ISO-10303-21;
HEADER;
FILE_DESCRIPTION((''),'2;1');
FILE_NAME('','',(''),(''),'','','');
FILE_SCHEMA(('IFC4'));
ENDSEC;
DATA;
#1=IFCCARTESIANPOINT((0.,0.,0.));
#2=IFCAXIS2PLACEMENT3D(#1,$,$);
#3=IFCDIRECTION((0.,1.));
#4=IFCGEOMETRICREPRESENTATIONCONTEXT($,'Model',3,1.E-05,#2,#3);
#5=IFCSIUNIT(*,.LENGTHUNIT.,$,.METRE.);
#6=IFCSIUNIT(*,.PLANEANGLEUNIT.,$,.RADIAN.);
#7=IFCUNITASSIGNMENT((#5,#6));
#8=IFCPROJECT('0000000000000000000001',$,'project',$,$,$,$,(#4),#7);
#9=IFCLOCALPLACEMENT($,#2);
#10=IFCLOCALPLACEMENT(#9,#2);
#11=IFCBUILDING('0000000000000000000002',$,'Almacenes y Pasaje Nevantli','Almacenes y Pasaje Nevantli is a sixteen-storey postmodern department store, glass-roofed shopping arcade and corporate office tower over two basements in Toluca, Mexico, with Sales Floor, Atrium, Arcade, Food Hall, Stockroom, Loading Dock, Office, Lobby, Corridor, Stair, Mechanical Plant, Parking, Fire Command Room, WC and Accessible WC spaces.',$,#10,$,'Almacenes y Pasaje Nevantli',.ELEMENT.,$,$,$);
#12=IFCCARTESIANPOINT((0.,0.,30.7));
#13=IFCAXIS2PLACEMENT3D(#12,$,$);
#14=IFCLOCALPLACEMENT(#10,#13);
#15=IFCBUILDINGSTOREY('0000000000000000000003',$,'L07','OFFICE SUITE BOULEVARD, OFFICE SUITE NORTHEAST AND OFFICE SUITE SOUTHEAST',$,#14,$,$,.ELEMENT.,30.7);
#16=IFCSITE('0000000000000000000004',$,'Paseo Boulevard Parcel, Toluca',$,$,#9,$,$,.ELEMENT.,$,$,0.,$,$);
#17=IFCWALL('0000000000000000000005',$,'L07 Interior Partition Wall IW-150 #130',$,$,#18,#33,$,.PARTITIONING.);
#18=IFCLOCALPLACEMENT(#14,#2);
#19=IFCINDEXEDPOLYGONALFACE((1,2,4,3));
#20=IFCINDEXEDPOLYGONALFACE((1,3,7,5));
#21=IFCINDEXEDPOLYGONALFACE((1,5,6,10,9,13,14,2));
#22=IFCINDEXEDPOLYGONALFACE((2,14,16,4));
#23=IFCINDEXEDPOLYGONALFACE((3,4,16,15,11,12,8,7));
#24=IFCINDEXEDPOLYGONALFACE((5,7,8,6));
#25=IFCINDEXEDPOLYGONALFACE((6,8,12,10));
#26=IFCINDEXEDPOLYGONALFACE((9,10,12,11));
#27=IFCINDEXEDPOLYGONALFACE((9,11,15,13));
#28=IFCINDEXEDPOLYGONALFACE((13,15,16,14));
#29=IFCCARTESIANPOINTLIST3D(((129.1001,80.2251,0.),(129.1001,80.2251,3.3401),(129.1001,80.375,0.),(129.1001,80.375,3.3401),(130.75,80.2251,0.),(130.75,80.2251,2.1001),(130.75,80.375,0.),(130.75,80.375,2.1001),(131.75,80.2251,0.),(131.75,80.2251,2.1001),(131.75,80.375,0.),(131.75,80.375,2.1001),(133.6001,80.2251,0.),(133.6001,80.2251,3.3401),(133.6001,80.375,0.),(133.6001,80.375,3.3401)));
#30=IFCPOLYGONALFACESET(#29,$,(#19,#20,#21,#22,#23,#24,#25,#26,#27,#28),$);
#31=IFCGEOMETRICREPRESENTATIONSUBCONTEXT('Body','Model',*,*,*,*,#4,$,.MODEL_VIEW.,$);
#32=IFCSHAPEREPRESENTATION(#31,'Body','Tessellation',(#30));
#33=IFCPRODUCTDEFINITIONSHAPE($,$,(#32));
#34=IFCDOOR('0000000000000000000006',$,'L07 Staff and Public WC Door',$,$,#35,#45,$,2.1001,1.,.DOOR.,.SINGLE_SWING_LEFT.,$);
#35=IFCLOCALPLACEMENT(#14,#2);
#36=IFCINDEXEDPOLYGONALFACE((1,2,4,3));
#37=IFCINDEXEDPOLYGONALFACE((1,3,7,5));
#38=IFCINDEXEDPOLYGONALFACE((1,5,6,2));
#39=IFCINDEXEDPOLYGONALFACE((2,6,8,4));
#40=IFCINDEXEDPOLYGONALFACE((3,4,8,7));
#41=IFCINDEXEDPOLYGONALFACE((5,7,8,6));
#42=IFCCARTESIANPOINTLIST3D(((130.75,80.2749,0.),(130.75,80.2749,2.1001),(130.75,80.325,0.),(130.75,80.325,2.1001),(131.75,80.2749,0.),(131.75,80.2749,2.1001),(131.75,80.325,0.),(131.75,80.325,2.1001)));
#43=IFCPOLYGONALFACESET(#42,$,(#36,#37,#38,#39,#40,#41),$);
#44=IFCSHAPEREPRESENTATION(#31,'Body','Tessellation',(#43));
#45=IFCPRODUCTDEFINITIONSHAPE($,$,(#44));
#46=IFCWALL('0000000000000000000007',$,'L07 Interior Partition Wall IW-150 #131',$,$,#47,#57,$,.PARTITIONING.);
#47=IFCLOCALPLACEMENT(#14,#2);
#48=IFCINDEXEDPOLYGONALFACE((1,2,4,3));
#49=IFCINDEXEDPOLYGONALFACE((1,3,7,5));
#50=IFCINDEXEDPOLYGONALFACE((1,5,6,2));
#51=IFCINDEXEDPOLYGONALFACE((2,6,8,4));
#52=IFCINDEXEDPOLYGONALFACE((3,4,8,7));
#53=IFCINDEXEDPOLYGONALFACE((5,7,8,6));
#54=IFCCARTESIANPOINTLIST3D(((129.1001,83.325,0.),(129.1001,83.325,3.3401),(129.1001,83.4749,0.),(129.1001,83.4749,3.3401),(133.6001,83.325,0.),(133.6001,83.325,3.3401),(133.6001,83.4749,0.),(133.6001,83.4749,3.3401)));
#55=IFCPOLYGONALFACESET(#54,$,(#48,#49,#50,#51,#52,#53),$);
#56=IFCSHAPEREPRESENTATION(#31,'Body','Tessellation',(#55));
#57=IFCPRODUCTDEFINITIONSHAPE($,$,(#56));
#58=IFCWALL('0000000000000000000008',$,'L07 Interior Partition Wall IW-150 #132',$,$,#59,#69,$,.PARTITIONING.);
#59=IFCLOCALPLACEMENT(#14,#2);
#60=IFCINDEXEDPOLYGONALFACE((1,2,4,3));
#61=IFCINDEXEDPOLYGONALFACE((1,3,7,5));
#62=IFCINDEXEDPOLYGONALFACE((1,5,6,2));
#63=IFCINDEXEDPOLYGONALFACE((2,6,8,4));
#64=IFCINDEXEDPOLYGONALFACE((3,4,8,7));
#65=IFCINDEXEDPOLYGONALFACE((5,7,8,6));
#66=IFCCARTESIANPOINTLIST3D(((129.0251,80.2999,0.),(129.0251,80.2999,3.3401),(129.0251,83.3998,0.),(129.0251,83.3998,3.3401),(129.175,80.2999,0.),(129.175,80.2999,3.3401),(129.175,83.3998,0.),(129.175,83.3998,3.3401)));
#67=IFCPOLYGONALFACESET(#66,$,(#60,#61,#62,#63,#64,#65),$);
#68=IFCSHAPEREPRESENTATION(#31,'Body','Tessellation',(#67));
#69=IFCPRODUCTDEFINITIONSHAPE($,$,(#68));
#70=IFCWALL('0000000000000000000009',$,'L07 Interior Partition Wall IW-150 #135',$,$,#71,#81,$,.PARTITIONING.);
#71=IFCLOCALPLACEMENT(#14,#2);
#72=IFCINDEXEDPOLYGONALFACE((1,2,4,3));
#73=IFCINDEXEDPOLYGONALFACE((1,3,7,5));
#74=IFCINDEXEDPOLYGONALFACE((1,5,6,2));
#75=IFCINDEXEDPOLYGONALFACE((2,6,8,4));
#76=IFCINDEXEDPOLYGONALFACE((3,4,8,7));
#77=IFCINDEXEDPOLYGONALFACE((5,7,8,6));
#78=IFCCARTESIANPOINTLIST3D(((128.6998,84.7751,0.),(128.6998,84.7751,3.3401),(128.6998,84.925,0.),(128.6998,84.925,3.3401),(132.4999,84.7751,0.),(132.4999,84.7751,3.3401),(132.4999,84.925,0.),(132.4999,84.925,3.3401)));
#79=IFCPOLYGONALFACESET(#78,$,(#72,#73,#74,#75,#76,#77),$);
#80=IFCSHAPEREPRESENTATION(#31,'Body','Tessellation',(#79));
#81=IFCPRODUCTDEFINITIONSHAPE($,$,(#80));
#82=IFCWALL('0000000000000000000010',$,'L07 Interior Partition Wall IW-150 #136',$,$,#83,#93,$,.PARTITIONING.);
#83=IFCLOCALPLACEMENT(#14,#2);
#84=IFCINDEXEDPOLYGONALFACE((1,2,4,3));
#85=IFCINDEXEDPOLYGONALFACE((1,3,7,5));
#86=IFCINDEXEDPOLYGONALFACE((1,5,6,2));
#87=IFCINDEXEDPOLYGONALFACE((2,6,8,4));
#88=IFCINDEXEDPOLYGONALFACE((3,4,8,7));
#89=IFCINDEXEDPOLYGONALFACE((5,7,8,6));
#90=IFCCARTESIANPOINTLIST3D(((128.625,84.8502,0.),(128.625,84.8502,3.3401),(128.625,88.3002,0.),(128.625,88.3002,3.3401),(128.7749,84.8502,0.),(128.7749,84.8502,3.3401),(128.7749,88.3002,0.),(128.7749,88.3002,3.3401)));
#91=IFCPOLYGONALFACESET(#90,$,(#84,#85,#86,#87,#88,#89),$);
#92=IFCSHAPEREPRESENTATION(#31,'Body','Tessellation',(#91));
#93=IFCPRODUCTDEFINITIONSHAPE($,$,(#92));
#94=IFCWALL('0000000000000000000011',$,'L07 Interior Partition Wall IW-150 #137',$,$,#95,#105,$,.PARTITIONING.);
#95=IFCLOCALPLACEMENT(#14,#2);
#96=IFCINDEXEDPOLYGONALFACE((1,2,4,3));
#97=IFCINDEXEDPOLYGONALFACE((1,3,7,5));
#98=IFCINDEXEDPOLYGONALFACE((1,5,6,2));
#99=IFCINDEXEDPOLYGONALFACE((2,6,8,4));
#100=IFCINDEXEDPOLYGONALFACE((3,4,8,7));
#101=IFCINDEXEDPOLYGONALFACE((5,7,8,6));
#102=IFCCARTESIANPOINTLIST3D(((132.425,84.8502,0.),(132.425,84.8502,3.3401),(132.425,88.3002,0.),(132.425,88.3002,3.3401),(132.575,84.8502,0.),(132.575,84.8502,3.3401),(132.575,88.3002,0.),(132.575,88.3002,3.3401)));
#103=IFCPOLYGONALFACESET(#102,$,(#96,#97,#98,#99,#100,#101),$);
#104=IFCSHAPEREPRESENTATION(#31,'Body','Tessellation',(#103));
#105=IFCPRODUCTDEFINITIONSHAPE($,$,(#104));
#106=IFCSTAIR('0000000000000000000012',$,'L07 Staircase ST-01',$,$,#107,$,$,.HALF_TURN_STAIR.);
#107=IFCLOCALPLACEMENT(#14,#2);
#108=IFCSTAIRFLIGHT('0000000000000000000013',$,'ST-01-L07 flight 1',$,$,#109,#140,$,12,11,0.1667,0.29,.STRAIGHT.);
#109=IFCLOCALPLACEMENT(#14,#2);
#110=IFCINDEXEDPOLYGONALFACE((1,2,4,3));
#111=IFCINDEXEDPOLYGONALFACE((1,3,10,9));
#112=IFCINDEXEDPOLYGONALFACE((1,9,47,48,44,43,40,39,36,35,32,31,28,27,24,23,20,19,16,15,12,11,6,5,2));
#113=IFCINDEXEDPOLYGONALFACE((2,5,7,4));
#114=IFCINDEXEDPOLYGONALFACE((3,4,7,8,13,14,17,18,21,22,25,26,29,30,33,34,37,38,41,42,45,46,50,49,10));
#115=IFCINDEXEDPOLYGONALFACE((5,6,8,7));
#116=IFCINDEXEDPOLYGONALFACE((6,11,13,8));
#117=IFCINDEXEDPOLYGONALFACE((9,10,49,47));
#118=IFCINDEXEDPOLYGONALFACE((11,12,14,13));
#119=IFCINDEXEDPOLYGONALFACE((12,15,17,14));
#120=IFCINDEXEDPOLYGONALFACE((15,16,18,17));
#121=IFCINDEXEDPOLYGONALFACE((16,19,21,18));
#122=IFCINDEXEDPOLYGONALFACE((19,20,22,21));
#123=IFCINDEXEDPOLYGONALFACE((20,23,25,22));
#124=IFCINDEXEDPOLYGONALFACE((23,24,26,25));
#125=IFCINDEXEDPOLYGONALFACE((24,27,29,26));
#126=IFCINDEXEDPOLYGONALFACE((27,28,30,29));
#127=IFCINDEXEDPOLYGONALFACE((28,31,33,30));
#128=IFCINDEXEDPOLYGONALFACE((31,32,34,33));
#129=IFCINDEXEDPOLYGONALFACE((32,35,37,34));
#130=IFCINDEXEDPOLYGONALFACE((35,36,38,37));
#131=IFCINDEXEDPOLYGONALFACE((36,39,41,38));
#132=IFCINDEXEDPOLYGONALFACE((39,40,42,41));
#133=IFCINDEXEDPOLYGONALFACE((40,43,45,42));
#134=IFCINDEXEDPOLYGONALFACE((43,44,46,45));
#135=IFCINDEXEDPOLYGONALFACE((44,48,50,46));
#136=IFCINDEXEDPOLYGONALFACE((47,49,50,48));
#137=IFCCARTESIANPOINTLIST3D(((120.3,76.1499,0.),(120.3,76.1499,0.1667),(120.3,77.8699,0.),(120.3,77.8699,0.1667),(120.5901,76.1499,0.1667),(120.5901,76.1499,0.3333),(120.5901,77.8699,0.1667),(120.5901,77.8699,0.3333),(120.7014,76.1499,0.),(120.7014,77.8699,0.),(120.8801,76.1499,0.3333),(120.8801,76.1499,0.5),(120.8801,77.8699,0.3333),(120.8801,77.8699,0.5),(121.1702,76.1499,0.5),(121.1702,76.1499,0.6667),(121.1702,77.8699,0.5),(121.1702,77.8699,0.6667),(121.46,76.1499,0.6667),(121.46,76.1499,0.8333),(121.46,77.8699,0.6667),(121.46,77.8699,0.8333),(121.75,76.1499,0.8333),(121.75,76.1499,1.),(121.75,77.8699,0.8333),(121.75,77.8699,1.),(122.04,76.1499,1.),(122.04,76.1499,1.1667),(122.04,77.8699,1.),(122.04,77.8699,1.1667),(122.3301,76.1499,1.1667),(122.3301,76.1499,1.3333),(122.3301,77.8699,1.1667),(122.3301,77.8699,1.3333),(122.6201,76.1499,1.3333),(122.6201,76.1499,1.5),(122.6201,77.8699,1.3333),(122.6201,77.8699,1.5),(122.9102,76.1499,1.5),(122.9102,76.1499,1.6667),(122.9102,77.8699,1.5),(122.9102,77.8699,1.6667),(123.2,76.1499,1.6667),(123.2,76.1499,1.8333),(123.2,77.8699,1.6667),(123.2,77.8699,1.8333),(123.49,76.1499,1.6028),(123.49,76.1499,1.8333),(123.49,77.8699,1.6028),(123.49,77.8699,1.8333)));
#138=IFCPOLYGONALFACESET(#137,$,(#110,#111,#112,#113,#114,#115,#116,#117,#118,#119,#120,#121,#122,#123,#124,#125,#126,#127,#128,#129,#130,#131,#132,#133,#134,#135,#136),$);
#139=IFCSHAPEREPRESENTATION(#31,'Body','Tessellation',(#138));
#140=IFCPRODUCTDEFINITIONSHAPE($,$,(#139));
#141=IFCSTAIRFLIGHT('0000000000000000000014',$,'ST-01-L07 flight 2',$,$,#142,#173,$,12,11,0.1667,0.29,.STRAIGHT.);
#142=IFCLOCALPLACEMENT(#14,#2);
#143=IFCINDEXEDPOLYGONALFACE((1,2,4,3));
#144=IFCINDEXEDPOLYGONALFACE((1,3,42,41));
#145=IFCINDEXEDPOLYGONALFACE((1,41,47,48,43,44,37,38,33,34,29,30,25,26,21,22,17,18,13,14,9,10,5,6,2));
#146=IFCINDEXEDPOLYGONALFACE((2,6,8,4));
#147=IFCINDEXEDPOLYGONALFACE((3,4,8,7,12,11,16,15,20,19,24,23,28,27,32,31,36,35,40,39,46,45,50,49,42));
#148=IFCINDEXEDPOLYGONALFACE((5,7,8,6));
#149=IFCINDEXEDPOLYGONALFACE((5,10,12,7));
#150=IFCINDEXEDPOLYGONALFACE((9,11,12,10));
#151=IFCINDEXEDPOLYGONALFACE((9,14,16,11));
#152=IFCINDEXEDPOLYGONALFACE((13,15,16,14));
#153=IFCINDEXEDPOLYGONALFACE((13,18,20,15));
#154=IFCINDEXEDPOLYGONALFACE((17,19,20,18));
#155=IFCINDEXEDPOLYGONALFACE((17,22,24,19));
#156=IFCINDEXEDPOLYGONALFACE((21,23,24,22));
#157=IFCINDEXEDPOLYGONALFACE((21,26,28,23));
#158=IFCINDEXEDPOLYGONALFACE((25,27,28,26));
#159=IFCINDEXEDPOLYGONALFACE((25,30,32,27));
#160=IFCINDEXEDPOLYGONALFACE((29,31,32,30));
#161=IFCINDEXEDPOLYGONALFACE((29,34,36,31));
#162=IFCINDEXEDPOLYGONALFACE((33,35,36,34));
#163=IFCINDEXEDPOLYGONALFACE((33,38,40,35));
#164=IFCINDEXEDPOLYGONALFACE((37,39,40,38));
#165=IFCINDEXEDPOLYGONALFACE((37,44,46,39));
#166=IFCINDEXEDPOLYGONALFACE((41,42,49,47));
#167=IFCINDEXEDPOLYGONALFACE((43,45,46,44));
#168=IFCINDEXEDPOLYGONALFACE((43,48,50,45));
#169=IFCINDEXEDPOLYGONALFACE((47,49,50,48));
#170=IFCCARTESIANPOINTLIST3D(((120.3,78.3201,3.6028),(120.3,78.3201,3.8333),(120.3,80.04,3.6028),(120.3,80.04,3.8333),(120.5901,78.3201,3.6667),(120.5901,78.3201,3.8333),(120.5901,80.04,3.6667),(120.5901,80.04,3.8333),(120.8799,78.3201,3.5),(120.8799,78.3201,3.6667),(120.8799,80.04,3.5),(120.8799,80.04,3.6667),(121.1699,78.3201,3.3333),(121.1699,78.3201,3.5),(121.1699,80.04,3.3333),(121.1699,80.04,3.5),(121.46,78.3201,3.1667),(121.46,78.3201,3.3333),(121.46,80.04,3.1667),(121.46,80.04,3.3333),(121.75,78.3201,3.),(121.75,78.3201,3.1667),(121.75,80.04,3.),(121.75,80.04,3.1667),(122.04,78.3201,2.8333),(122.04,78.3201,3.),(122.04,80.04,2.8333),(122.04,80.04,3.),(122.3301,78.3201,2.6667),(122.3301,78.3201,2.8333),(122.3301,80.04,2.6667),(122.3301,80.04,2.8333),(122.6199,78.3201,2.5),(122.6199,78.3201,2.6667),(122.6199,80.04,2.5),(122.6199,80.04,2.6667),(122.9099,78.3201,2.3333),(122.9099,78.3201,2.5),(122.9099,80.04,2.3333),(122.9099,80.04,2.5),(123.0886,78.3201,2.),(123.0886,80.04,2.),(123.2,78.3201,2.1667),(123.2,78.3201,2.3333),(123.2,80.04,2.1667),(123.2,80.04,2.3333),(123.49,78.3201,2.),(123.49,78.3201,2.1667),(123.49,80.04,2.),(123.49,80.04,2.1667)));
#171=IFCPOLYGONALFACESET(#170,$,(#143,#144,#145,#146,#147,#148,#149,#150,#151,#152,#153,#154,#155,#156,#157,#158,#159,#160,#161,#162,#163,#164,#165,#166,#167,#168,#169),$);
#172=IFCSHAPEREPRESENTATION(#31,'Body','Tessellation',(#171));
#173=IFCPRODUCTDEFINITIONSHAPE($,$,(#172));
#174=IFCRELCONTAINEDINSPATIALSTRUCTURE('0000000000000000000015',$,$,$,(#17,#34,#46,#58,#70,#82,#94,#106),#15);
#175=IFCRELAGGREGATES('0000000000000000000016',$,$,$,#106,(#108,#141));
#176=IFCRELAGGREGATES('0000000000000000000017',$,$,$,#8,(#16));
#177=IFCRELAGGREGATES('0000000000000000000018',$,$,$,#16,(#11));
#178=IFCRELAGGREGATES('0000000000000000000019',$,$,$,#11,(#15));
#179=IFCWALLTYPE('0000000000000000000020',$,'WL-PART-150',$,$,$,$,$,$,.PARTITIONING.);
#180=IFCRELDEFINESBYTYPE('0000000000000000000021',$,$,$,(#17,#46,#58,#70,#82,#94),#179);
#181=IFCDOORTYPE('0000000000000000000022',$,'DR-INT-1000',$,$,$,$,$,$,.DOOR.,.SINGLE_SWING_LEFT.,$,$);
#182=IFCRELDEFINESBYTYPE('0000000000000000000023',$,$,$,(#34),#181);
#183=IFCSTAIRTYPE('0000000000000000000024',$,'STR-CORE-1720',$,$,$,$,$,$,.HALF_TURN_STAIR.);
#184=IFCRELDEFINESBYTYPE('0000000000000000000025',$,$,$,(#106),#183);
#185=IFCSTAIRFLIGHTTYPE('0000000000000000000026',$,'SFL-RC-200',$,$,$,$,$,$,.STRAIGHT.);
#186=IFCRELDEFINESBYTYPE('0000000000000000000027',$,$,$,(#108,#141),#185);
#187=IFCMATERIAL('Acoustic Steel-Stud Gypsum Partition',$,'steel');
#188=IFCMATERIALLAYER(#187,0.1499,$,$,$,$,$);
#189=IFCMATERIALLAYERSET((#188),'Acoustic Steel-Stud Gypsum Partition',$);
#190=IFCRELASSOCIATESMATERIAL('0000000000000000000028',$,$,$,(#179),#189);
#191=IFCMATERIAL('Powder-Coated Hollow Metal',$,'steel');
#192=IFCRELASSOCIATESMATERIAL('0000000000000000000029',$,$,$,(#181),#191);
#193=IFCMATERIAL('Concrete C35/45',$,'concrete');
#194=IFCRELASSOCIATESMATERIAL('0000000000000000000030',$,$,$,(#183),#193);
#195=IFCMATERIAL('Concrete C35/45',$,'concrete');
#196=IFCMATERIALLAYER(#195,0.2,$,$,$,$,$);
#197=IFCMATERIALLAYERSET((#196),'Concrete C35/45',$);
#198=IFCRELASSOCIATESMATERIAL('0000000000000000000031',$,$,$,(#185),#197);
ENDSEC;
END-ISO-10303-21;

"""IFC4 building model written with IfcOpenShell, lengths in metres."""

from ifc_helpers import new_model, si_unit, direction, frame, frame_2d, origin, place, context, subcontext, project, spatial, polyline, rectangle, outline, extrude, material, layer, layer_set, type_object, element, fill, aggregate, save


model = new_model("IFC4")

# Units and contexts
model_context = context("Model", 3, precision=1e-05, world=origin(), true_north=direction((0.0, 1.0)))
body_context = subcontext(model_context, "Body", "Model", "MODEL_VIEW")
ifc_project = project(units=[si_unit("LENGTHUNIT", "METRE"), si_unit("PLANEANGLEUNIT", "RADIAN")], contexts=[model_context])

# Site, building, storey
site_placement = place(None, origin())
site = spatial("IfcSite", under=ifc_project, at=site_placement, Name="Paseo Boulevard Parcel, Toluca", CompositionType="ELEMENT", RefElevation=0.0)
building_placement = place(site_placement, origin())
building = spatial("IfcBuilding", under=site, at=building_placement, Name="Almacenes y Pasaje Nevantli", Description="Almacenes y Pasaje Nevantli is a sixteen-storey postmodern department store, glass-roofed shopping arcade and corporate office tower over two basements in Toluca, Mexico, with Sales Floor, Atrium, Arcade, Food Hall, Stockroom, Loading Dock, Office, Lobby, Corridor, Stair, Mechanical Plant, Parking, Fire Command Room, WC and Accessible WC spaces.", LongName="Almacenes y Pasaje Nevantli", CompositionType="ELEMENT")
storey_placement = place(building_placement, frame((0.0, 0.0, 30.7)))
storey = spatial("IfcBuildingStorey", under=building, at=storey_placement, Name="L07", Description="OFFICE SUITE BOULEVARD, OFFICE SUITE NORTHEAST AND OFFICE SUITE SOUTHEAST", CompositionType="ELEMENT", Elevation=30.7)

# Wall, opening, door
ifc_material_1 = material(Name="Acoustic Steel-Stud Gypsum Partition", Category="steel")
ifc_layer_1 = layer(ifc_material_1, 0.1499)
ifc_layer_set_1 = layer_set([ifc_layer_1], Name="Acoustic Steel-Stud Gypsum Partition")
wall_type_1 = type_object("IfcWallType", Name="WL-PART-150", PredefinedType="PARTITIONING", material=ifc_layer_set_1)
wall_1_placement = place(storey_placement, frame((129.1001, 80.3, 0.0), z_axis=(0.0, 0.0, 1.0), x_axis=(1.0, 0.0, 0.0)))
wall_1 = element("IfcWall", 1, at=wall_1_placement, inside=storey, type_object=wall_type_1, Name="L07 Interior Partition Wall IW-150 #130", PredefinedType="PARTITIONING", context=body_context, shape_type="SweptSolid", body=[
    extrude(rectangle(XDim=4.5, YDim=0.1499, at=frame_2d((2.25, 0.0))), origin(), (0.0, 0.0, 1.0), 3.3401),
])
opening_1_placement = place(wall_1_placement, frame((1.6499, 0.0, 0.0)))
opening_1 = element("IfcOpeningElement", 2, at=opening_1_placement, cuts=wall_1, PredefinedType="OPENING", context=body_context, shape_type="SweptSolid", body=[
    extrude(rectangle(XDim=1.0, YDim=2.1001, at=frame_2d((0.5, 1.05))), frame((0.0, 0.085, 0.0), z_axis=(0.0, -1.0, 0.0), x_axis=(1.0, 0.0, 0.0)), (0.0, 0.0, 1.0), 0.1699),
])
ifc_material_2 = material(Name="Powder-Coated Hollow Metal", Category="steel")
door_type_1 = type_object("IfcDoorType", Name="DR-INT-1000", OperationType="SINGLE_SWING_LEFT", PredefinedType="DOOR", material=ifc_material_2)
door_1_placement = place(opening_1_placement, origin())
door_1 = element("IfcDoor", 3, at=door_1_placement, inside=storey, type_object=door_type_1, Name="L07 Staff and Public WC Door", OperationType="SINGLE_SWING_LEFT", OverallHeight=2.1001, OverallWidth=1.0, PredefinedType="DOOR", context=body_context, shape_type="SweptSolid", body=[
    extrude(rectangle(XDim=1.0, YDim=2.1001, at=frame_2d((0.5, 1.05))), frame((0.0, 0.0249, 0.0), z_axis=(0.0, -1.0, 0.0), x_axis=(1.0, 0.0, 0.0)), (0.0, 0.0, 1.0), 0.05),
])
fill(opening_1, door_1)

# Walls
wall_2_placement = place(storey_placement, frame((129.1001, 83.3999, 0.0), z_axis=(0.0, 0.0, 1.0), x_axis=(1.0, 0.0, 0.0)))
element("IfcWall", 4, at=wall_2_placement, inside=storey, type_object=wall_type_1, Name="L07 Interior Partition Wall IW-150 #131", PredefinedType="PARTITIONING", context=body_context, shape_type="SweptSolid", body=[
    extrude(rectangle(XDim=4.5, YDim=0.1499, at=frame_2d((2.25, 0.0))), origin(), (0.0, 0.0, 1.0), 3.3401),
])
wall_3_placement = place(storey_placement, frame((129.1001, 80.3, 0.0), z_axis=(0.0, 0.0, 1.0), x_axis=(0.0, 1.0, 0.0)))
element("IfcWall", 5, at=wall_3_placement, inside=storey, type_object=wall_type_1, Name="L07 Interior Partition Wall IW-150 #132", PredefinedType="PARTITIONING", context=body_context, shape_type="SweptSolid", body=[
    extrude(rectangle(XDim=3.0999, YDim=0.1499, at=frame_2d((1.5498, 0.0))), origin(), (0.0, 0.0, 1.0), 3.3401),
])

# Walls
wall_4_placement = place(storey_placement, frame((128.7, 84.8501, 0.0), z_axis=(0.0, 0.0, 1.0), x_axis=(1.0, 0.0, 0.0)))
element("IfcWall", 6, at=wall_4_placement, inside=storey, type_object=wall_type_1, Name="L07 Interior Partition Wall IW-150 #135", PredefinedType="PARTITIONING", context=body_context, shape_type="SweptSolid", body=[
    extrude(rectangle(XDim=3.8, YDim=0.1499, at=frame_2d((1.8999, 0.0))), origin(), (0.0, 0.0, 1.0), 3.3401),
])
for number, where, z_axis, x_axis, name in (
    (7, (128.7, 84.8501, 0.0), (0.0, 0.0, 1.0), (0.0, 1.0, 0.0), "L07 Interior Partition Wall IW-150 #136"),
    (8, (132.5, 84.8501, 0.0), (0.0, 0.0, 1.0), (0.0, 1.0, 0.0), "L07 Interior Partition Wall IW-150 #137"),
):
    element("IfcWall", number, at=place(storey_placement, frame(where, z_axis=z_axis, x_axis=x_axis)), inside=storey, type_object=wall_type_1, Name=name, PredefinedType="PARTITIONING", context=body_context, shape_type="SweptSolid", body=[
        extrude(rectangle(XDim=3.45, YDim=0.1499, at=frame_2d((1.7251, 0.0))), origin(), (0.0, 0.0, 1.0), 3.3401),
    ])

# Stair, stair flights
ifc_material_3 = material(Name="Concrete C35/45", Category="concrete")
stair_type = type_object("IfcStairType", Name="STR-CORE-1720", PredefinedType="HALF_TURN_STAIR", material=ifc_material_3)
stair_placement = place(storey_placement, origin())
stair = element("IfcStair", 9, at=stair_placement, inside=storey, type_object=stair_type, Name="L07 Staircase ST-01", PredefinedType="HALF_TURN_STAIR")
ifc_material_4 = material(Name="Concrete C35/45", Category="concrete")
ifc_layer_2 = layer(ifc_material_4, 0.2)
ifc_layer_set_2 = layer_set([ifc_layer_2], Name="Concrete C35/45")
stair_flight_type = type_object("IfcStairFlightType", Name="SFL-RC-200", PredefinedType="STRAIGHT", material=ifc_layer_set_2)
stair_flight_1_placement = place(storey_placement, frame((120.3, 77.01, 0.0), z_axis=(0.0, 0.0, 1.0), x_axis=(1.0, 0.0, 0.0)))
stair_flight_1 = element("IfcStairFlight", 10, at=stair_flight_1_placement, type_object=stair_flight_type, Name="ST-01-L07 flight 1", NumberOfRisers=12, NumberOfTreads=11, PredefinedType="STRAIGHT", RiserHeight=0.1667, TreadLength=0.29, context=body_context, shape_type="SweptSolid", body=[
    extrude(outline(polyline([(0.0, 0.0), (0.0, 0.1667), (0.29, 0.1667), (0.29, 0.3333), (0.5801, 0.3333), (0.5801, 0.5), (0.8701, 0.5), (0.8701, 0.6667), (1.1599, 0.6667), (1.1599, 0.8333), (1.45, 0.8333), (1.45, 1.0), (1.74, 1.0), (1.74, 1.1667), (2.03, 1.1667), (2.03, 1.3333), (2.3201, 1.3333), (2.3201, 1.5), (2.6101, 1.5), (2.6101, 1.6667), (2.8999, 1.6667), (2.8999, 1.8333), (3.1899, 1.8333), (3.1899, 2.0), (3.1899, 1.6028), (0.4014, 0.0), (0.0, 0.0)])), frame((0.0, 0.8599, 0.0), z_axis=(0.0, -1.0, 0.0), x_axis=(1.0, 0.0, 0.0)), (0.0, 0.0, 1.0), 1.72),
])
stair_flight_2_placement = place(storey_placement, frame((123.49, 79.1799, 2.0), z_axis=(0.0, 0.0, 1.0), x_axis=(-1.0, 0.0, 0.0)))
stair_flight_2 = element("IfcStairFlight", 11, at=stair_flight_2_placement, type_object=stair_flight_type, Name="ST-01-L07 flight 2", NumberOfRisers=12, NumberOfTreads=11, PredefinedType="STRAIGHT", RiserHeight=0.1667, TreadLength=0.29, context=body_context, shape_type="SweptSolid", body=[
    extrude(outline(polyline([(0.0, 0.0), (0.0, 0.1667), (0.29, 0.1667), (0.29, 0.3333), (0.5801, 0.3333), (0.5801, 0.5), (0.8701, 0.5), (0.8701, 0.6667), (1.1599, 0.6667), (1.1599, 0.8333), (1.45, 0.8333), (1.45, 1.0), (1.74, 1.0), (1.74, 1.1667), (2.03, 1.1667), (2.03, 1.3333), (2.3201, 1.3333), (2.3201, 1.5), (2.6101, 1.5), (2.6101, 1.6667), (2.8999, 1.6667), (2.8999, 1.8333), (3.1899, 1.8333), (3.1899, 2.0), (3.1899, 1.6028), (0.4014, 0.0), (0.0, 0.0)])), frame((0.0, 0.8599, 0.0), z_axis=(0.0, -1.0, 0.0), x_axis=(1.0, 0.0, 0.0)), (0.0, 0.0, 1.0), 1.72),
])
aggregate(stair, [stair_flight_1, stair_flight_2])

save(model, "model.ifc")
